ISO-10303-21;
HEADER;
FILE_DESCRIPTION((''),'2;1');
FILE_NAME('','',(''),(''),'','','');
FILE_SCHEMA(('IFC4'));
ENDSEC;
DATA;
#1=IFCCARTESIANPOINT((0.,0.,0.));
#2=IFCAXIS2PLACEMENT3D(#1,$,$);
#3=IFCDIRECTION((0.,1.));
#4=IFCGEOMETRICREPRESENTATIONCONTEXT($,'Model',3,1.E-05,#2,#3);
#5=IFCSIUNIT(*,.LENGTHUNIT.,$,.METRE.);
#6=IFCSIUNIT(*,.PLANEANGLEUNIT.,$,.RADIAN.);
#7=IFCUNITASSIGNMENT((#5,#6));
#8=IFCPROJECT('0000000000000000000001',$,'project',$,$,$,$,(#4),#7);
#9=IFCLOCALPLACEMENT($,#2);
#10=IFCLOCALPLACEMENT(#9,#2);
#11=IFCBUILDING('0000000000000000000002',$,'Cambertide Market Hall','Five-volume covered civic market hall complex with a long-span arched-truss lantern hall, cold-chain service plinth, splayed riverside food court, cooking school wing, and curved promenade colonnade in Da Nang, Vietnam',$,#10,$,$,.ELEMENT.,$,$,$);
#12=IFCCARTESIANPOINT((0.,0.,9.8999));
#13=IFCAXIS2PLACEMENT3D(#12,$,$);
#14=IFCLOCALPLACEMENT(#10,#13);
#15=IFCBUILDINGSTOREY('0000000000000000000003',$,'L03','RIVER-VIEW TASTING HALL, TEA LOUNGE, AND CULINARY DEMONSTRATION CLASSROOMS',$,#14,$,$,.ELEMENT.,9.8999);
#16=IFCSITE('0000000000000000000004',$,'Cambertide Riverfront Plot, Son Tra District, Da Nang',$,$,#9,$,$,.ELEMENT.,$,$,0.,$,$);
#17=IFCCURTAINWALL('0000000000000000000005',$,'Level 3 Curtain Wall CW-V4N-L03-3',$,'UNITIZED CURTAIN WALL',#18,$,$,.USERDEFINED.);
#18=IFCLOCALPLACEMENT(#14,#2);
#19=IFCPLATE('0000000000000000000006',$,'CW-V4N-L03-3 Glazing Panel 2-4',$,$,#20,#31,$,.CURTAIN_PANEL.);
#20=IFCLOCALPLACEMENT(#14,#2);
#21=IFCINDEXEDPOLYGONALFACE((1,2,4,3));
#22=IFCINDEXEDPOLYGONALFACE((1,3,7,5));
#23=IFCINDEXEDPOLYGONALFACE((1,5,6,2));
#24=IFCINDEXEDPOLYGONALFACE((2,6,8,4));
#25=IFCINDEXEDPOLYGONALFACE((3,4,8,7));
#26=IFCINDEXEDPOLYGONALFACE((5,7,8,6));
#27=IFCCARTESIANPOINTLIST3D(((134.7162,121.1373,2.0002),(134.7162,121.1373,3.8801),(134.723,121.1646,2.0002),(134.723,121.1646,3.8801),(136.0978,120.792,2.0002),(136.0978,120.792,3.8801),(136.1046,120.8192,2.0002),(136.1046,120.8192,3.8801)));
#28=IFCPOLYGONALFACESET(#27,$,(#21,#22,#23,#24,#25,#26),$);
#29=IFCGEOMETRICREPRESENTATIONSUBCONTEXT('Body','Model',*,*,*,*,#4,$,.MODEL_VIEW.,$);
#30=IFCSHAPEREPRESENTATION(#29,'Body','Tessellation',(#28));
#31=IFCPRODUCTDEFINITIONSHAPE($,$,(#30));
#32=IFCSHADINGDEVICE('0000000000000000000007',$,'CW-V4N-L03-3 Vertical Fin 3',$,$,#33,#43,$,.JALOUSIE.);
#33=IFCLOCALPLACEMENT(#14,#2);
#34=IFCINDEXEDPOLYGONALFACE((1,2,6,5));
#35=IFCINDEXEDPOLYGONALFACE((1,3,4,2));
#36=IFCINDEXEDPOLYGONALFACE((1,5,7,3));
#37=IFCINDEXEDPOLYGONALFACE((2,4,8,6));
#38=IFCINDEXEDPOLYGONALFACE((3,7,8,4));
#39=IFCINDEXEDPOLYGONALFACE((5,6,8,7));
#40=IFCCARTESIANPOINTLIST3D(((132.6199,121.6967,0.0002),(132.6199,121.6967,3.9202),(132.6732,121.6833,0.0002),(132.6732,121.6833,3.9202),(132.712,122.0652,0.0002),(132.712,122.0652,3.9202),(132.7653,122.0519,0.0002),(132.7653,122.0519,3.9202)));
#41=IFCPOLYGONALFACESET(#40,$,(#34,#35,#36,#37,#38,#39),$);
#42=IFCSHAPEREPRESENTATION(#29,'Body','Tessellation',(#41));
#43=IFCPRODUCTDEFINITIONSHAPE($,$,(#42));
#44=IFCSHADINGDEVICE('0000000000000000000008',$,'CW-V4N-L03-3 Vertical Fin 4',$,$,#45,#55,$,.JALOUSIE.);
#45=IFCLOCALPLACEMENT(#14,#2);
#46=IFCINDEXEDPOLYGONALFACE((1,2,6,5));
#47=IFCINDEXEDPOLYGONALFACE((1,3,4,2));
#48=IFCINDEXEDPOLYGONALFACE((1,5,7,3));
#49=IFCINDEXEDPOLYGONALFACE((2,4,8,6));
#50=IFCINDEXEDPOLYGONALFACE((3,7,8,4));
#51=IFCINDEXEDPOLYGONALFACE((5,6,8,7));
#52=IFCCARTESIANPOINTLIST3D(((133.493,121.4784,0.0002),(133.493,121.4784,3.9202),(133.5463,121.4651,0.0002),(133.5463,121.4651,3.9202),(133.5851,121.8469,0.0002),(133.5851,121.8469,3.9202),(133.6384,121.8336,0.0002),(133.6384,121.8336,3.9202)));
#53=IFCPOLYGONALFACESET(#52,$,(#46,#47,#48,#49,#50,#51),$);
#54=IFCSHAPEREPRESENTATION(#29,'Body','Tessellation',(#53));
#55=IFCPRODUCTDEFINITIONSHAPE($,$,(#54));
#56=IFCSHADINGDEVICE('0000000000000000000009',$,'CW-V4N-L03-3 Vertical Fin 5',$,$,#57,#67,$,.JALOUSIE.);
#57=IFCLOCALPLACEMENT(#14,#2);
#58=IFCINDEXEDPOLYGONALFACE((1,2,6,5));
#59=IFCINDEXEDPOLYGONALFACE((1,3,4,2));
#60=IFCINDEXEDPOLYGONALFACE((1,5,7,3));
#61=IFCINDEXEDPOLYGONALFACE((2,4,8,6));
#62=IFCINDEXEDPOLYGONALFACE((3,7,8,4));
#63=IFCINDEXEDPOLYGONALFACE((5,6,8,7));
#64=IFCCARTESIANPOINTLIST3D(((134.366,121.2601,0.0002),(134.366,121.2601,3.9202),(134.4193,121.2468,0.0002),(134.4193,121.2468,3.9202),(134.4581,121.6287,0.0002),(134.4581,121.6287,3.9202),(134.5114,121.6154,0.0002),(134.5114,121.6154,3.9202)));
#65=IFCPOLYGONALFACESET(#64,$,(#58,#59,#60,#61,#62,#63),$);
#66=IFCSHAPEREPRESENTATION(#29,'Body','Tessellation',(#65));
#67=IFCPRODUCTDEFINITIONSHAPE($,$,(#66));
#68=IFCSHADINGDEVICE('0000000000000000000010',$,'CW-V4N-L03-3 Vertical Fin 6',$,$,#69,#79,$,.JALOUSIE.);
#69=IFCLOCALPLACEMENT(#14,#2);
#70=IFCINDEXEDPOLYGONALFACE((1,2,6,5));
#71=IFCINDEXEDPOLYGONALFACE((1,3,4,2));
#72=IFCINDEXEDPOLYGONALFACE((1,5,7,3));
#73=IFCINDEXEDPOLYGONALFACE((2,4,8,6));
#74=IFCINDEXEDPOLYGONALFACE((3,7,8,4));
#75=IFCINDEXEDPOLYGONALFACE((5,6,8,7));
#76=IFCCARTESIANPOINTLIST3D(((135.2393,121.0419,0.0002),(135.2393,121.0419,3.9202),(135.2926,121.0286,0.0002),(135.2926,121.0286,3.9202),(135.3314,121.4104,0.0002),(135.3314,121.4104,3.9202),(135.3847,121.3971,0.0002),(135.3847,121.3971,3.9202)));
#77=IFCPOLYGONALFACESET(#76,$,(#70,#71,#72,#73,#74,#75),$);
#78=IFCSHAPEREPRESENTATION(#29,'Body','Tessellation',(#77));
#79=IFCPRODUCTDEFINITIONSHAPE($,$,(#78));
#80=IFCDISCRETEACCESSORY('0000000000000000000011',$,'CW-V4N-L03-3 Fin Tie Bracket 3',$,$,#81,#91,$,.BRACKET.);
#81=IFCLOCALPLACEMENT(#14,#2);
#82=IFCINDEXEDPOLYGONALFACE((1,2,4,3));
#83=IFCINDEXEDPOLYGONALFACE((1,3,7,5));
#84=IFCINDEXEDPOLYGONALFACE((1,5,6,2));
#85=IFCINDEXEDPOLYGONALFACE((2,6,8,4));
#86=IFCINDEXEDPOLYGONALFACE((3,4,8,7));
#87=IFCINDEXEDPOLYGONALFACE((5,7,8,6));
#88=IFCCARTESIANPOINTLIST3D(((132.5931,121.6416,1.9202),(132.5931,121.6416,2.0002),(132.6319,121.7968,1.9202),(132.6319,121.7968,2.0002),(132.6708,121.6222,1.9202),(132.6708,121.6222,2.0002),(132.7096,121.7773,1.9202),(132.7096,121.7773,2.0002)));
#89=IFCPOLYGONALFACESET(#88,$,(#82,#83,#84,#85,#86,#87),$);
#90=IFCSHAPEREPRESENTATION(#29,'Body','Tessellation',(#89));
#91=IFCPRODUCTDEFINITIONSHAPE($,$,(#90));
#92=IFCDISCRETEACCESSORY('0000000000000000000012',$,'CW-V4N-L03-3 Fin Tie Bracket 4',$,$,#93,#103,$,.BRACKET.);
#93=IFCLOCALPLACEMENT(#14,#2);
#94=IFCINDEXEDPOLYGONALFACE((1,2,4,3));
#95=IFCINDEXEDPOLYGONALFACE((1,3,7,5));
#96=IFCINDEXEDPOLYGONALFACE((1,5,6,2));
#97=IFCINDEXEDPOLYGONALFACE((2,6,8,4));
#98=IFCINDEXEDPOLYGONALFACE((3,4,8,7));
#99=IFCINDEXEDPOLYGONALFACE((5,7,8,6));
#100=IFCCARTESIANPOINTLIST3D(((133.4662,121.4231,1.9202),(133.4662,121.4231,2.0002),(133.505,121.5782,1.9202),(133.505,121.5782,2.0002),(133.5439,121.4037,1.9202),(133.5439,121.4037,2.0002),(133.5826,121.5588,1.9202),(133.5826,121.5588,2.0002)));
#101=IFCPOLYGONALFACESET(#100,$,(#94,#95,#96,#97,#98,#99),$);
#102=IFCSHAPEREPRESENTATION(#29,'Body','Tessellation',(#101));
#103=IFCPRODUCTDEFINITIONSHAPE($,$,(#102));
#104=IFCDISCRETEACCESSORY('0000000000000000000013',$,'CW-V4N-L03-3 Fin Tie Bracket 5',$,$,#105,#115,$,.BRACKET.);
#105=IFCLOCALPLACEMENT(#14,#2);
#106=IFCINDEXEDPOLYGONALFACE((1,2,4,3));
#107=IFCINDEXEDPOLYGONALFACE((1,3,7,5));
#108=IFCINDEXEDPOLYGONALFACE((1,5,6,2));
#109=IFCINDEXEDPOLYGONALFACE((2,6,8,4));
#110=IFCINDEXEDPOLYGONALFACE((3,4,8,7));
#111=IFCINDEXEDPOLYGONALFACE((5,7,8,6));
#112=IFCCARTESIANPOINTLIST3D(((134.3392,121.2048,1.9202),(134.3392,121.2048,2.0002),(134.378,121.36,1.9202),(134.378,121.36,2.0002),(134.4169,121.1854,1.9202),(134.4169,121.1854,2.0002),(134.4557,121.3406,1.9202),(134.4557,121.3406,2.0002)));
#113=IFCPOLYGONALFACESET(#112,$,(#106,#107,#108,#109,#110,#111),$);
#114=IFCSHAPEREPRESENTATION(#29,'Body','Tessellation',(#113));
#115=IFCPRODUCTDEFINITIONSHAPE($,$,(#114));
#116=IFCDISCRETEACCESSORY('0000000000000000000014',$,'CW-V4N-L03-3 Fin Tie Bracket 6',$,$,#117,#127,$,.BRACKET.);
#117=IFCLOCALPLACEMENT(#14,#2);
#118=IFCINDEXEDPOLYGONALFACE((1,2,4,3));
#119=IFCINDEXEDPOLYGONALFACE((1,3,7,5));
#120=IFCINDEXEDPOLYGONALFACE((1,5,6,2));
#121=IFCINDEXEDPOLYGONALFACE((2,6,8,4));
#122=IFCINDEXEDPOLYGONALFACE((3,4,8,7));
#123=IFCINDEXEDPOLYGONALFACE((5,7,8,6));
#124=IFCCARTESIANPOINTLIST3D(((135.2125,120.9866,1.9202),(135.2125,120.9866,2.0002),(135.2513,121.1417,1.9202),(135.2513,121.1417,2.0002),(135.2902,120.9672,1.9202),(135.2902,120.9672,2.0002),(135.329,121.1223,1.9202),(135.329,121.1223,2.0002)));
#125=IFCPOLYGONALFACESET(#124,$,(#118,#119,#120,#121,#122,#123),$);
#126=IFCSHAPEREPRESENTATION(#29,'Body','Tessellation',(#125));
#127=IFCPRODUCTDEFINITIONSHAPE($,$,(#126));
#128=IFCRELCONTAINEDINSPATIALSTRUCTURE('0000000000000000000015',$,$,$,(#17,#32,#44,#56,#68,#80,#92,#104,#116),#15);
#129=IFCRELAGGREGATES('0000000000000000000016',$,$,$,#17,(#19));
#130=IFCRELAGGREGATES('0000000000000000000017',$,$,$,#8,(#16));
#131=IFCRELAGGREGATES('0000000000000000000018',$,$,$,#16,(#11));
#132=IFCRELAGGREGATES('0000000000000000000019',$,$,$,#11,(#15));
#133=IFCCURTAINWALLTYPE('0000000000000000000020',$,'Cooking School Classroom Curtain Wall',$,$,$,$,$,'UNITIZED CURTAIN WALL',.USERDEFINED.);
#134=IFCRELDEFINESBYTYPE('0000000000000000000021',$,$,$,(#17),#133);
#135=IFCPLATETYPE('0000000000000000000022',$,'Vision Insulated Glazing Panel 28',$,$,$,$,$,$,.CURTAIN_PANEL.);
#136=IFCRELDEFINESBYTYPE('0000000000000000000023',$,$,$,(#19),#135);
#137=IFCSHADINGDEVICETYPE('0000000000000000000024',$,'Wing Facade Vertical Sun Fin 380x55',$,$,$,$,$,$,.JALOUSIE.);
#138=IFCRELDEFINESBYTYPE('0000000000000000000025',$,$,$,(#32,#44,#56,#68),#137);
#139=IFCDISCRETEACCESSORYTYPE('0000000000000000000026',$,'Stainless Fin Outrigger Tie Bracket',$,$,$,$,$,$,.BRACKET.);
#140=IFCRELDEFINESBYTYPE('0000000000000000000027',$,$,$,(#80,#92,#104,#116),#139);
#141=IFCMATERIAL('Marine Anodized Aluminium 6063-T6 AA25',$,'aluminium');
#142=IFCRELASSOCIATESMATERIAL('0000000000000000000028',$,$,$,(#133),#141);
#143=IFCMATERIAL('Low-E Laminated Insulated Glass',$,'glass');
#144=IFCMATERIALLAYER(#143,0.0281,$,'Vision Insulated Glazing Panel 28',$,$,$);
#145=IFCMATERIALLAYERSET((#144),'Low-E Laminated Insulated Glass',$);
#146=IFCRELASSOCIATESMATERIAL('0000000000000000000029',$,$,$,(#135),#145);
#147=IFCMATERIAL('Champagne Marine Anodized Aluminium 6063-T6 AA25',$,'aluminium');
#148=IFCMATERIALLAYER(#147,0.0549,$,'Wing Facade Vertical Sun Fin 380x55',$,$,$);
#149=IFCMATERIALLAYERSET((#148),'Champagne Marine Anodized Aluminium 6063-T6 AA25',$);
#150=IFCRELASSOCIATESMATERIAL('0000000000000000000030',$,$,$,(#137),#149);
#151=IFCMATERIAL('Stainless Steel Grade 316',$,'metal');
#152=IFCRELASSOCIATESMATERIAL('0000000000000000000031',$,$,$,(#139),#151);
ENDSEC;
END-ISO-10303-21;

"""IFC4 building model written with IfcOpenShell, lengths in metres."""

from ifc_helpers import new_model, si_unit, direction, frame, origin, origin_2d, place, context, subcontext, project, spatial, rectangle, extrude, material, layer, layer_set, type_object, element, aggregate, save


model = new_model("IFC4")

# Units and contexts
model_context = context("Model", 3, precision=1e-05, world=origin(), true_north=direction((0.0, 1.0)))
body_context = subcontext(model_context, "Body", "Model", "MODEL_VIEW")
ifc_project = project(units=[si_unit("LENGTHUNIT", "METRE"), si_unit("PLANEANGLEUNIT", "RADIAN")], contexts=[model_context])

# Site, building, storey
site_placement = place(None, origin())
site = spatial("IfcSite", under=ifc_project, at=site_placement, Name="Cambertide Riverfront Plot, Son Tra District, Da Nang", CompositionType="ELEMENT", RefElevation=0.0)
building_placement = place(site_placement, origin())
building = spatial("IfcBuilding", under=site, at=building_placement, Name="Cambertide Market Hall", Description="Five-volume covered civic market hall complex with a long-span arched-truss lantern hall, cold-chain service plinth, splayed riverside food court, cooking school wing, and curved promenade colonnade in Da Nang, Vietnam", CompositionType="ELEMENT")
storey_placement = place(building_placement, frame((0.0, 0.0, 9.8999)))
storey = spatial("IfcBuildingStorey", under=building, at=storey_placement, Name="L03", Description="RIVER-VIEW TASTING HALL, TEA LOUNGE, AND CULINARY DEMONSTRATION CLASSROOMS", CompositionType="ELEMENT", Elevation=9.8999)

# Curtain wall, plate
ifc_material_1 = material(Name="Marine Anodized Aluminium 6063-T6 AA25", Category="aluminium")
curtain_wall_type = type_object("IfcCurtainWallType", Name="Cooking School Classroom Curtain Wall", ElementType="UNITIZED CURTAIN WALL", PredefinedType="USERDEFINED", material=ifc_material_1)
curtain_wall_placement = place(storey_placement, origin())
curtain_wall = element("IfcCurtainWall", 1, at=curtain_wall_placement, inside=storey, type_object=curtain_wall_type, Name="Level 3 Curtain Wall CW-V4N-L03-3", ObjectType="UNITIZED CURTAIN WALL", PredefinedType="USERDEFINED")
ifc_material_2 = material(Name="Low-E Laminated Insulated Glass", Category="glass")
ifc_layer_1 = layer(ifc_material_2, 0.0281, Name="Vision Insulated Glazing Panel 28")
ifc_layer_set_1 = layer_set([ifc_layer_1], Name="Low-E Laminated Insulated Glass")
plate_type = type_object("IfcPlateType", Name="Vision Insulated Glazing Panel 28", PredefinedType="CURTAIN_PANEL", material=ifc_layer_set_1)
plate_1_placement = place(storey_placement, frame((135.4104, 120.9783, 2.0002), z_axis=(0.0, 0.0, 1.0), x_axis=(0.970143, -0.242536, 0.0)))
plate_1 = element("IfcPlate", 2, at=plate_1_placement, type_object=plate_type, Name="CW-V4N-L03-3 Glazing Panel 2-4", PredefinedType="CURTAIN_PANEL", context=body_context, shape_type="SweptSolid", body=[
    extrude(rectangle(XDim=1.4241, YDim=0.0281, at=origin_2d()), origin(), (0.0, 0.0, 1.0), 1.8799),
])
aggregate(curtain_wall, [plate_1])

# Shading devices
ifc_material_3 = material(Name="Champagne Marine Anodized Aluminium 6063-T6 AA25", Category="aluminium")
ifc_layer_2 = layer(ifc_material_3, 0.0549, Name="Wing Facade Vertical Sun Fin 380x55")
ifc_layer_set_2 = layer_set([ifc_layer_2], Name="Champagne Marine Anodized Aluminium 6063-T6 AA25")
shading_device_type = type_object("IfcShadingDeviceType", Name="Wing Facade Vertical Sun Fin 380x55", PredefinedType="JALOUSIE", material=ifc_layer_set_2)
for number, where, z_axis, x_axis, name in (
    (3, (132.6926, 121.8743, 0.0002), (0.0, 0.0, 1.0), (0.970143, -0.242536, 0.0), "CW-V4N-L03-3 Vertical Fin 3"),
    (4, (133.5657, 121.656, 0.0002), (0.0, 0.0, 1.0), (0.970143, -0.242536, 0.0), "CW-V4N-L03-3 Vertical Fin 4"),
    (5, (134.4387, 121.4377, 0.0002), (0.0, 0.0, 1.0), (0.970143, -0.242536, 0.0), "CW-V4N-L03-3 Vertical Fin 5"),
    (6, (135.312, 121.2195, 0.0002), (0.0, 0.0, 1.0), (0.970143, -0.242536, 0.0), "CW-V4N-L03-3 Vertical Fin 6"),
):
    element("IfcShadingDevice", number, at=place(storey_placement, frame(where, z_axis=z_axis, x_axis=x_axis)), inside=storey, type_object=shading_device_type, Name=name, PredefinedType="JALOUSIE", context=body_context, shape_type="SweptSolid", body=[
        extrude(rectangle(XDim=0.0549, YDim=0.3799, at=origin_2d()), origin(), (0.0, 0.0, 1.0), 3.9199),
    ])

# Discrete accessories
ifc_material_4 = material(Name="Stainless Steel Grade 316", Category="metal")
discrete_accessory_type = type_object("IfcDiscreteAccessoryType", Name="Stainless Fin Outrigger Tie Bracket", PredefinedType="BRACKET", material=ifc_material_4)
for number, where, z_axis, x_axis, name in (
    (7, (132.6514, 121.7095, 1.9202), (0.0, 0.0, 1.0), (0.970143, -0.242536, 0.0), "CW-V4N-L03-3 Fin Tie Bracket 3"),
    (8, (133.5244, 121.491, 1.9202), (0.0, 0.0, 1.0), (0.970143, -0.242536, 0.0), "CW-V4N-L03-3 Fin Tie Bracket 4"),
    (9, (134.3975, 121.2727, 1.9202), (0.0, 0.0, 1.0), (0.970143, -0.242536, 0.0), "CW-V4N-L03-3 Fin Tie Bracket 5"),
    (10, (135.2708, 121.0544, 1.9202), (0.0, 0.0, 1.0), (0.970143, -0.242536, 0.0), "CW-V4N-L03-3 Fin Tie Bracket 6"),
):
    element("IfcDiscreteAccessory", number, at=place(storey_placement, frame(where, z_axis=z_axis, x_axis=x_axis)), inside=storey, type_object=discrete_accessory_type, Name=name, PredefinedType="BRACKET", context=body_context, shape_type="SweptSolid", body=[
        extrude(rectangle(XDim=0.0801, YDim=0.1599, at=origin_2d()), origin(), (0.0, 0.0, 1.0), 0.0801),
    ])

save(model, "model.ifc")
